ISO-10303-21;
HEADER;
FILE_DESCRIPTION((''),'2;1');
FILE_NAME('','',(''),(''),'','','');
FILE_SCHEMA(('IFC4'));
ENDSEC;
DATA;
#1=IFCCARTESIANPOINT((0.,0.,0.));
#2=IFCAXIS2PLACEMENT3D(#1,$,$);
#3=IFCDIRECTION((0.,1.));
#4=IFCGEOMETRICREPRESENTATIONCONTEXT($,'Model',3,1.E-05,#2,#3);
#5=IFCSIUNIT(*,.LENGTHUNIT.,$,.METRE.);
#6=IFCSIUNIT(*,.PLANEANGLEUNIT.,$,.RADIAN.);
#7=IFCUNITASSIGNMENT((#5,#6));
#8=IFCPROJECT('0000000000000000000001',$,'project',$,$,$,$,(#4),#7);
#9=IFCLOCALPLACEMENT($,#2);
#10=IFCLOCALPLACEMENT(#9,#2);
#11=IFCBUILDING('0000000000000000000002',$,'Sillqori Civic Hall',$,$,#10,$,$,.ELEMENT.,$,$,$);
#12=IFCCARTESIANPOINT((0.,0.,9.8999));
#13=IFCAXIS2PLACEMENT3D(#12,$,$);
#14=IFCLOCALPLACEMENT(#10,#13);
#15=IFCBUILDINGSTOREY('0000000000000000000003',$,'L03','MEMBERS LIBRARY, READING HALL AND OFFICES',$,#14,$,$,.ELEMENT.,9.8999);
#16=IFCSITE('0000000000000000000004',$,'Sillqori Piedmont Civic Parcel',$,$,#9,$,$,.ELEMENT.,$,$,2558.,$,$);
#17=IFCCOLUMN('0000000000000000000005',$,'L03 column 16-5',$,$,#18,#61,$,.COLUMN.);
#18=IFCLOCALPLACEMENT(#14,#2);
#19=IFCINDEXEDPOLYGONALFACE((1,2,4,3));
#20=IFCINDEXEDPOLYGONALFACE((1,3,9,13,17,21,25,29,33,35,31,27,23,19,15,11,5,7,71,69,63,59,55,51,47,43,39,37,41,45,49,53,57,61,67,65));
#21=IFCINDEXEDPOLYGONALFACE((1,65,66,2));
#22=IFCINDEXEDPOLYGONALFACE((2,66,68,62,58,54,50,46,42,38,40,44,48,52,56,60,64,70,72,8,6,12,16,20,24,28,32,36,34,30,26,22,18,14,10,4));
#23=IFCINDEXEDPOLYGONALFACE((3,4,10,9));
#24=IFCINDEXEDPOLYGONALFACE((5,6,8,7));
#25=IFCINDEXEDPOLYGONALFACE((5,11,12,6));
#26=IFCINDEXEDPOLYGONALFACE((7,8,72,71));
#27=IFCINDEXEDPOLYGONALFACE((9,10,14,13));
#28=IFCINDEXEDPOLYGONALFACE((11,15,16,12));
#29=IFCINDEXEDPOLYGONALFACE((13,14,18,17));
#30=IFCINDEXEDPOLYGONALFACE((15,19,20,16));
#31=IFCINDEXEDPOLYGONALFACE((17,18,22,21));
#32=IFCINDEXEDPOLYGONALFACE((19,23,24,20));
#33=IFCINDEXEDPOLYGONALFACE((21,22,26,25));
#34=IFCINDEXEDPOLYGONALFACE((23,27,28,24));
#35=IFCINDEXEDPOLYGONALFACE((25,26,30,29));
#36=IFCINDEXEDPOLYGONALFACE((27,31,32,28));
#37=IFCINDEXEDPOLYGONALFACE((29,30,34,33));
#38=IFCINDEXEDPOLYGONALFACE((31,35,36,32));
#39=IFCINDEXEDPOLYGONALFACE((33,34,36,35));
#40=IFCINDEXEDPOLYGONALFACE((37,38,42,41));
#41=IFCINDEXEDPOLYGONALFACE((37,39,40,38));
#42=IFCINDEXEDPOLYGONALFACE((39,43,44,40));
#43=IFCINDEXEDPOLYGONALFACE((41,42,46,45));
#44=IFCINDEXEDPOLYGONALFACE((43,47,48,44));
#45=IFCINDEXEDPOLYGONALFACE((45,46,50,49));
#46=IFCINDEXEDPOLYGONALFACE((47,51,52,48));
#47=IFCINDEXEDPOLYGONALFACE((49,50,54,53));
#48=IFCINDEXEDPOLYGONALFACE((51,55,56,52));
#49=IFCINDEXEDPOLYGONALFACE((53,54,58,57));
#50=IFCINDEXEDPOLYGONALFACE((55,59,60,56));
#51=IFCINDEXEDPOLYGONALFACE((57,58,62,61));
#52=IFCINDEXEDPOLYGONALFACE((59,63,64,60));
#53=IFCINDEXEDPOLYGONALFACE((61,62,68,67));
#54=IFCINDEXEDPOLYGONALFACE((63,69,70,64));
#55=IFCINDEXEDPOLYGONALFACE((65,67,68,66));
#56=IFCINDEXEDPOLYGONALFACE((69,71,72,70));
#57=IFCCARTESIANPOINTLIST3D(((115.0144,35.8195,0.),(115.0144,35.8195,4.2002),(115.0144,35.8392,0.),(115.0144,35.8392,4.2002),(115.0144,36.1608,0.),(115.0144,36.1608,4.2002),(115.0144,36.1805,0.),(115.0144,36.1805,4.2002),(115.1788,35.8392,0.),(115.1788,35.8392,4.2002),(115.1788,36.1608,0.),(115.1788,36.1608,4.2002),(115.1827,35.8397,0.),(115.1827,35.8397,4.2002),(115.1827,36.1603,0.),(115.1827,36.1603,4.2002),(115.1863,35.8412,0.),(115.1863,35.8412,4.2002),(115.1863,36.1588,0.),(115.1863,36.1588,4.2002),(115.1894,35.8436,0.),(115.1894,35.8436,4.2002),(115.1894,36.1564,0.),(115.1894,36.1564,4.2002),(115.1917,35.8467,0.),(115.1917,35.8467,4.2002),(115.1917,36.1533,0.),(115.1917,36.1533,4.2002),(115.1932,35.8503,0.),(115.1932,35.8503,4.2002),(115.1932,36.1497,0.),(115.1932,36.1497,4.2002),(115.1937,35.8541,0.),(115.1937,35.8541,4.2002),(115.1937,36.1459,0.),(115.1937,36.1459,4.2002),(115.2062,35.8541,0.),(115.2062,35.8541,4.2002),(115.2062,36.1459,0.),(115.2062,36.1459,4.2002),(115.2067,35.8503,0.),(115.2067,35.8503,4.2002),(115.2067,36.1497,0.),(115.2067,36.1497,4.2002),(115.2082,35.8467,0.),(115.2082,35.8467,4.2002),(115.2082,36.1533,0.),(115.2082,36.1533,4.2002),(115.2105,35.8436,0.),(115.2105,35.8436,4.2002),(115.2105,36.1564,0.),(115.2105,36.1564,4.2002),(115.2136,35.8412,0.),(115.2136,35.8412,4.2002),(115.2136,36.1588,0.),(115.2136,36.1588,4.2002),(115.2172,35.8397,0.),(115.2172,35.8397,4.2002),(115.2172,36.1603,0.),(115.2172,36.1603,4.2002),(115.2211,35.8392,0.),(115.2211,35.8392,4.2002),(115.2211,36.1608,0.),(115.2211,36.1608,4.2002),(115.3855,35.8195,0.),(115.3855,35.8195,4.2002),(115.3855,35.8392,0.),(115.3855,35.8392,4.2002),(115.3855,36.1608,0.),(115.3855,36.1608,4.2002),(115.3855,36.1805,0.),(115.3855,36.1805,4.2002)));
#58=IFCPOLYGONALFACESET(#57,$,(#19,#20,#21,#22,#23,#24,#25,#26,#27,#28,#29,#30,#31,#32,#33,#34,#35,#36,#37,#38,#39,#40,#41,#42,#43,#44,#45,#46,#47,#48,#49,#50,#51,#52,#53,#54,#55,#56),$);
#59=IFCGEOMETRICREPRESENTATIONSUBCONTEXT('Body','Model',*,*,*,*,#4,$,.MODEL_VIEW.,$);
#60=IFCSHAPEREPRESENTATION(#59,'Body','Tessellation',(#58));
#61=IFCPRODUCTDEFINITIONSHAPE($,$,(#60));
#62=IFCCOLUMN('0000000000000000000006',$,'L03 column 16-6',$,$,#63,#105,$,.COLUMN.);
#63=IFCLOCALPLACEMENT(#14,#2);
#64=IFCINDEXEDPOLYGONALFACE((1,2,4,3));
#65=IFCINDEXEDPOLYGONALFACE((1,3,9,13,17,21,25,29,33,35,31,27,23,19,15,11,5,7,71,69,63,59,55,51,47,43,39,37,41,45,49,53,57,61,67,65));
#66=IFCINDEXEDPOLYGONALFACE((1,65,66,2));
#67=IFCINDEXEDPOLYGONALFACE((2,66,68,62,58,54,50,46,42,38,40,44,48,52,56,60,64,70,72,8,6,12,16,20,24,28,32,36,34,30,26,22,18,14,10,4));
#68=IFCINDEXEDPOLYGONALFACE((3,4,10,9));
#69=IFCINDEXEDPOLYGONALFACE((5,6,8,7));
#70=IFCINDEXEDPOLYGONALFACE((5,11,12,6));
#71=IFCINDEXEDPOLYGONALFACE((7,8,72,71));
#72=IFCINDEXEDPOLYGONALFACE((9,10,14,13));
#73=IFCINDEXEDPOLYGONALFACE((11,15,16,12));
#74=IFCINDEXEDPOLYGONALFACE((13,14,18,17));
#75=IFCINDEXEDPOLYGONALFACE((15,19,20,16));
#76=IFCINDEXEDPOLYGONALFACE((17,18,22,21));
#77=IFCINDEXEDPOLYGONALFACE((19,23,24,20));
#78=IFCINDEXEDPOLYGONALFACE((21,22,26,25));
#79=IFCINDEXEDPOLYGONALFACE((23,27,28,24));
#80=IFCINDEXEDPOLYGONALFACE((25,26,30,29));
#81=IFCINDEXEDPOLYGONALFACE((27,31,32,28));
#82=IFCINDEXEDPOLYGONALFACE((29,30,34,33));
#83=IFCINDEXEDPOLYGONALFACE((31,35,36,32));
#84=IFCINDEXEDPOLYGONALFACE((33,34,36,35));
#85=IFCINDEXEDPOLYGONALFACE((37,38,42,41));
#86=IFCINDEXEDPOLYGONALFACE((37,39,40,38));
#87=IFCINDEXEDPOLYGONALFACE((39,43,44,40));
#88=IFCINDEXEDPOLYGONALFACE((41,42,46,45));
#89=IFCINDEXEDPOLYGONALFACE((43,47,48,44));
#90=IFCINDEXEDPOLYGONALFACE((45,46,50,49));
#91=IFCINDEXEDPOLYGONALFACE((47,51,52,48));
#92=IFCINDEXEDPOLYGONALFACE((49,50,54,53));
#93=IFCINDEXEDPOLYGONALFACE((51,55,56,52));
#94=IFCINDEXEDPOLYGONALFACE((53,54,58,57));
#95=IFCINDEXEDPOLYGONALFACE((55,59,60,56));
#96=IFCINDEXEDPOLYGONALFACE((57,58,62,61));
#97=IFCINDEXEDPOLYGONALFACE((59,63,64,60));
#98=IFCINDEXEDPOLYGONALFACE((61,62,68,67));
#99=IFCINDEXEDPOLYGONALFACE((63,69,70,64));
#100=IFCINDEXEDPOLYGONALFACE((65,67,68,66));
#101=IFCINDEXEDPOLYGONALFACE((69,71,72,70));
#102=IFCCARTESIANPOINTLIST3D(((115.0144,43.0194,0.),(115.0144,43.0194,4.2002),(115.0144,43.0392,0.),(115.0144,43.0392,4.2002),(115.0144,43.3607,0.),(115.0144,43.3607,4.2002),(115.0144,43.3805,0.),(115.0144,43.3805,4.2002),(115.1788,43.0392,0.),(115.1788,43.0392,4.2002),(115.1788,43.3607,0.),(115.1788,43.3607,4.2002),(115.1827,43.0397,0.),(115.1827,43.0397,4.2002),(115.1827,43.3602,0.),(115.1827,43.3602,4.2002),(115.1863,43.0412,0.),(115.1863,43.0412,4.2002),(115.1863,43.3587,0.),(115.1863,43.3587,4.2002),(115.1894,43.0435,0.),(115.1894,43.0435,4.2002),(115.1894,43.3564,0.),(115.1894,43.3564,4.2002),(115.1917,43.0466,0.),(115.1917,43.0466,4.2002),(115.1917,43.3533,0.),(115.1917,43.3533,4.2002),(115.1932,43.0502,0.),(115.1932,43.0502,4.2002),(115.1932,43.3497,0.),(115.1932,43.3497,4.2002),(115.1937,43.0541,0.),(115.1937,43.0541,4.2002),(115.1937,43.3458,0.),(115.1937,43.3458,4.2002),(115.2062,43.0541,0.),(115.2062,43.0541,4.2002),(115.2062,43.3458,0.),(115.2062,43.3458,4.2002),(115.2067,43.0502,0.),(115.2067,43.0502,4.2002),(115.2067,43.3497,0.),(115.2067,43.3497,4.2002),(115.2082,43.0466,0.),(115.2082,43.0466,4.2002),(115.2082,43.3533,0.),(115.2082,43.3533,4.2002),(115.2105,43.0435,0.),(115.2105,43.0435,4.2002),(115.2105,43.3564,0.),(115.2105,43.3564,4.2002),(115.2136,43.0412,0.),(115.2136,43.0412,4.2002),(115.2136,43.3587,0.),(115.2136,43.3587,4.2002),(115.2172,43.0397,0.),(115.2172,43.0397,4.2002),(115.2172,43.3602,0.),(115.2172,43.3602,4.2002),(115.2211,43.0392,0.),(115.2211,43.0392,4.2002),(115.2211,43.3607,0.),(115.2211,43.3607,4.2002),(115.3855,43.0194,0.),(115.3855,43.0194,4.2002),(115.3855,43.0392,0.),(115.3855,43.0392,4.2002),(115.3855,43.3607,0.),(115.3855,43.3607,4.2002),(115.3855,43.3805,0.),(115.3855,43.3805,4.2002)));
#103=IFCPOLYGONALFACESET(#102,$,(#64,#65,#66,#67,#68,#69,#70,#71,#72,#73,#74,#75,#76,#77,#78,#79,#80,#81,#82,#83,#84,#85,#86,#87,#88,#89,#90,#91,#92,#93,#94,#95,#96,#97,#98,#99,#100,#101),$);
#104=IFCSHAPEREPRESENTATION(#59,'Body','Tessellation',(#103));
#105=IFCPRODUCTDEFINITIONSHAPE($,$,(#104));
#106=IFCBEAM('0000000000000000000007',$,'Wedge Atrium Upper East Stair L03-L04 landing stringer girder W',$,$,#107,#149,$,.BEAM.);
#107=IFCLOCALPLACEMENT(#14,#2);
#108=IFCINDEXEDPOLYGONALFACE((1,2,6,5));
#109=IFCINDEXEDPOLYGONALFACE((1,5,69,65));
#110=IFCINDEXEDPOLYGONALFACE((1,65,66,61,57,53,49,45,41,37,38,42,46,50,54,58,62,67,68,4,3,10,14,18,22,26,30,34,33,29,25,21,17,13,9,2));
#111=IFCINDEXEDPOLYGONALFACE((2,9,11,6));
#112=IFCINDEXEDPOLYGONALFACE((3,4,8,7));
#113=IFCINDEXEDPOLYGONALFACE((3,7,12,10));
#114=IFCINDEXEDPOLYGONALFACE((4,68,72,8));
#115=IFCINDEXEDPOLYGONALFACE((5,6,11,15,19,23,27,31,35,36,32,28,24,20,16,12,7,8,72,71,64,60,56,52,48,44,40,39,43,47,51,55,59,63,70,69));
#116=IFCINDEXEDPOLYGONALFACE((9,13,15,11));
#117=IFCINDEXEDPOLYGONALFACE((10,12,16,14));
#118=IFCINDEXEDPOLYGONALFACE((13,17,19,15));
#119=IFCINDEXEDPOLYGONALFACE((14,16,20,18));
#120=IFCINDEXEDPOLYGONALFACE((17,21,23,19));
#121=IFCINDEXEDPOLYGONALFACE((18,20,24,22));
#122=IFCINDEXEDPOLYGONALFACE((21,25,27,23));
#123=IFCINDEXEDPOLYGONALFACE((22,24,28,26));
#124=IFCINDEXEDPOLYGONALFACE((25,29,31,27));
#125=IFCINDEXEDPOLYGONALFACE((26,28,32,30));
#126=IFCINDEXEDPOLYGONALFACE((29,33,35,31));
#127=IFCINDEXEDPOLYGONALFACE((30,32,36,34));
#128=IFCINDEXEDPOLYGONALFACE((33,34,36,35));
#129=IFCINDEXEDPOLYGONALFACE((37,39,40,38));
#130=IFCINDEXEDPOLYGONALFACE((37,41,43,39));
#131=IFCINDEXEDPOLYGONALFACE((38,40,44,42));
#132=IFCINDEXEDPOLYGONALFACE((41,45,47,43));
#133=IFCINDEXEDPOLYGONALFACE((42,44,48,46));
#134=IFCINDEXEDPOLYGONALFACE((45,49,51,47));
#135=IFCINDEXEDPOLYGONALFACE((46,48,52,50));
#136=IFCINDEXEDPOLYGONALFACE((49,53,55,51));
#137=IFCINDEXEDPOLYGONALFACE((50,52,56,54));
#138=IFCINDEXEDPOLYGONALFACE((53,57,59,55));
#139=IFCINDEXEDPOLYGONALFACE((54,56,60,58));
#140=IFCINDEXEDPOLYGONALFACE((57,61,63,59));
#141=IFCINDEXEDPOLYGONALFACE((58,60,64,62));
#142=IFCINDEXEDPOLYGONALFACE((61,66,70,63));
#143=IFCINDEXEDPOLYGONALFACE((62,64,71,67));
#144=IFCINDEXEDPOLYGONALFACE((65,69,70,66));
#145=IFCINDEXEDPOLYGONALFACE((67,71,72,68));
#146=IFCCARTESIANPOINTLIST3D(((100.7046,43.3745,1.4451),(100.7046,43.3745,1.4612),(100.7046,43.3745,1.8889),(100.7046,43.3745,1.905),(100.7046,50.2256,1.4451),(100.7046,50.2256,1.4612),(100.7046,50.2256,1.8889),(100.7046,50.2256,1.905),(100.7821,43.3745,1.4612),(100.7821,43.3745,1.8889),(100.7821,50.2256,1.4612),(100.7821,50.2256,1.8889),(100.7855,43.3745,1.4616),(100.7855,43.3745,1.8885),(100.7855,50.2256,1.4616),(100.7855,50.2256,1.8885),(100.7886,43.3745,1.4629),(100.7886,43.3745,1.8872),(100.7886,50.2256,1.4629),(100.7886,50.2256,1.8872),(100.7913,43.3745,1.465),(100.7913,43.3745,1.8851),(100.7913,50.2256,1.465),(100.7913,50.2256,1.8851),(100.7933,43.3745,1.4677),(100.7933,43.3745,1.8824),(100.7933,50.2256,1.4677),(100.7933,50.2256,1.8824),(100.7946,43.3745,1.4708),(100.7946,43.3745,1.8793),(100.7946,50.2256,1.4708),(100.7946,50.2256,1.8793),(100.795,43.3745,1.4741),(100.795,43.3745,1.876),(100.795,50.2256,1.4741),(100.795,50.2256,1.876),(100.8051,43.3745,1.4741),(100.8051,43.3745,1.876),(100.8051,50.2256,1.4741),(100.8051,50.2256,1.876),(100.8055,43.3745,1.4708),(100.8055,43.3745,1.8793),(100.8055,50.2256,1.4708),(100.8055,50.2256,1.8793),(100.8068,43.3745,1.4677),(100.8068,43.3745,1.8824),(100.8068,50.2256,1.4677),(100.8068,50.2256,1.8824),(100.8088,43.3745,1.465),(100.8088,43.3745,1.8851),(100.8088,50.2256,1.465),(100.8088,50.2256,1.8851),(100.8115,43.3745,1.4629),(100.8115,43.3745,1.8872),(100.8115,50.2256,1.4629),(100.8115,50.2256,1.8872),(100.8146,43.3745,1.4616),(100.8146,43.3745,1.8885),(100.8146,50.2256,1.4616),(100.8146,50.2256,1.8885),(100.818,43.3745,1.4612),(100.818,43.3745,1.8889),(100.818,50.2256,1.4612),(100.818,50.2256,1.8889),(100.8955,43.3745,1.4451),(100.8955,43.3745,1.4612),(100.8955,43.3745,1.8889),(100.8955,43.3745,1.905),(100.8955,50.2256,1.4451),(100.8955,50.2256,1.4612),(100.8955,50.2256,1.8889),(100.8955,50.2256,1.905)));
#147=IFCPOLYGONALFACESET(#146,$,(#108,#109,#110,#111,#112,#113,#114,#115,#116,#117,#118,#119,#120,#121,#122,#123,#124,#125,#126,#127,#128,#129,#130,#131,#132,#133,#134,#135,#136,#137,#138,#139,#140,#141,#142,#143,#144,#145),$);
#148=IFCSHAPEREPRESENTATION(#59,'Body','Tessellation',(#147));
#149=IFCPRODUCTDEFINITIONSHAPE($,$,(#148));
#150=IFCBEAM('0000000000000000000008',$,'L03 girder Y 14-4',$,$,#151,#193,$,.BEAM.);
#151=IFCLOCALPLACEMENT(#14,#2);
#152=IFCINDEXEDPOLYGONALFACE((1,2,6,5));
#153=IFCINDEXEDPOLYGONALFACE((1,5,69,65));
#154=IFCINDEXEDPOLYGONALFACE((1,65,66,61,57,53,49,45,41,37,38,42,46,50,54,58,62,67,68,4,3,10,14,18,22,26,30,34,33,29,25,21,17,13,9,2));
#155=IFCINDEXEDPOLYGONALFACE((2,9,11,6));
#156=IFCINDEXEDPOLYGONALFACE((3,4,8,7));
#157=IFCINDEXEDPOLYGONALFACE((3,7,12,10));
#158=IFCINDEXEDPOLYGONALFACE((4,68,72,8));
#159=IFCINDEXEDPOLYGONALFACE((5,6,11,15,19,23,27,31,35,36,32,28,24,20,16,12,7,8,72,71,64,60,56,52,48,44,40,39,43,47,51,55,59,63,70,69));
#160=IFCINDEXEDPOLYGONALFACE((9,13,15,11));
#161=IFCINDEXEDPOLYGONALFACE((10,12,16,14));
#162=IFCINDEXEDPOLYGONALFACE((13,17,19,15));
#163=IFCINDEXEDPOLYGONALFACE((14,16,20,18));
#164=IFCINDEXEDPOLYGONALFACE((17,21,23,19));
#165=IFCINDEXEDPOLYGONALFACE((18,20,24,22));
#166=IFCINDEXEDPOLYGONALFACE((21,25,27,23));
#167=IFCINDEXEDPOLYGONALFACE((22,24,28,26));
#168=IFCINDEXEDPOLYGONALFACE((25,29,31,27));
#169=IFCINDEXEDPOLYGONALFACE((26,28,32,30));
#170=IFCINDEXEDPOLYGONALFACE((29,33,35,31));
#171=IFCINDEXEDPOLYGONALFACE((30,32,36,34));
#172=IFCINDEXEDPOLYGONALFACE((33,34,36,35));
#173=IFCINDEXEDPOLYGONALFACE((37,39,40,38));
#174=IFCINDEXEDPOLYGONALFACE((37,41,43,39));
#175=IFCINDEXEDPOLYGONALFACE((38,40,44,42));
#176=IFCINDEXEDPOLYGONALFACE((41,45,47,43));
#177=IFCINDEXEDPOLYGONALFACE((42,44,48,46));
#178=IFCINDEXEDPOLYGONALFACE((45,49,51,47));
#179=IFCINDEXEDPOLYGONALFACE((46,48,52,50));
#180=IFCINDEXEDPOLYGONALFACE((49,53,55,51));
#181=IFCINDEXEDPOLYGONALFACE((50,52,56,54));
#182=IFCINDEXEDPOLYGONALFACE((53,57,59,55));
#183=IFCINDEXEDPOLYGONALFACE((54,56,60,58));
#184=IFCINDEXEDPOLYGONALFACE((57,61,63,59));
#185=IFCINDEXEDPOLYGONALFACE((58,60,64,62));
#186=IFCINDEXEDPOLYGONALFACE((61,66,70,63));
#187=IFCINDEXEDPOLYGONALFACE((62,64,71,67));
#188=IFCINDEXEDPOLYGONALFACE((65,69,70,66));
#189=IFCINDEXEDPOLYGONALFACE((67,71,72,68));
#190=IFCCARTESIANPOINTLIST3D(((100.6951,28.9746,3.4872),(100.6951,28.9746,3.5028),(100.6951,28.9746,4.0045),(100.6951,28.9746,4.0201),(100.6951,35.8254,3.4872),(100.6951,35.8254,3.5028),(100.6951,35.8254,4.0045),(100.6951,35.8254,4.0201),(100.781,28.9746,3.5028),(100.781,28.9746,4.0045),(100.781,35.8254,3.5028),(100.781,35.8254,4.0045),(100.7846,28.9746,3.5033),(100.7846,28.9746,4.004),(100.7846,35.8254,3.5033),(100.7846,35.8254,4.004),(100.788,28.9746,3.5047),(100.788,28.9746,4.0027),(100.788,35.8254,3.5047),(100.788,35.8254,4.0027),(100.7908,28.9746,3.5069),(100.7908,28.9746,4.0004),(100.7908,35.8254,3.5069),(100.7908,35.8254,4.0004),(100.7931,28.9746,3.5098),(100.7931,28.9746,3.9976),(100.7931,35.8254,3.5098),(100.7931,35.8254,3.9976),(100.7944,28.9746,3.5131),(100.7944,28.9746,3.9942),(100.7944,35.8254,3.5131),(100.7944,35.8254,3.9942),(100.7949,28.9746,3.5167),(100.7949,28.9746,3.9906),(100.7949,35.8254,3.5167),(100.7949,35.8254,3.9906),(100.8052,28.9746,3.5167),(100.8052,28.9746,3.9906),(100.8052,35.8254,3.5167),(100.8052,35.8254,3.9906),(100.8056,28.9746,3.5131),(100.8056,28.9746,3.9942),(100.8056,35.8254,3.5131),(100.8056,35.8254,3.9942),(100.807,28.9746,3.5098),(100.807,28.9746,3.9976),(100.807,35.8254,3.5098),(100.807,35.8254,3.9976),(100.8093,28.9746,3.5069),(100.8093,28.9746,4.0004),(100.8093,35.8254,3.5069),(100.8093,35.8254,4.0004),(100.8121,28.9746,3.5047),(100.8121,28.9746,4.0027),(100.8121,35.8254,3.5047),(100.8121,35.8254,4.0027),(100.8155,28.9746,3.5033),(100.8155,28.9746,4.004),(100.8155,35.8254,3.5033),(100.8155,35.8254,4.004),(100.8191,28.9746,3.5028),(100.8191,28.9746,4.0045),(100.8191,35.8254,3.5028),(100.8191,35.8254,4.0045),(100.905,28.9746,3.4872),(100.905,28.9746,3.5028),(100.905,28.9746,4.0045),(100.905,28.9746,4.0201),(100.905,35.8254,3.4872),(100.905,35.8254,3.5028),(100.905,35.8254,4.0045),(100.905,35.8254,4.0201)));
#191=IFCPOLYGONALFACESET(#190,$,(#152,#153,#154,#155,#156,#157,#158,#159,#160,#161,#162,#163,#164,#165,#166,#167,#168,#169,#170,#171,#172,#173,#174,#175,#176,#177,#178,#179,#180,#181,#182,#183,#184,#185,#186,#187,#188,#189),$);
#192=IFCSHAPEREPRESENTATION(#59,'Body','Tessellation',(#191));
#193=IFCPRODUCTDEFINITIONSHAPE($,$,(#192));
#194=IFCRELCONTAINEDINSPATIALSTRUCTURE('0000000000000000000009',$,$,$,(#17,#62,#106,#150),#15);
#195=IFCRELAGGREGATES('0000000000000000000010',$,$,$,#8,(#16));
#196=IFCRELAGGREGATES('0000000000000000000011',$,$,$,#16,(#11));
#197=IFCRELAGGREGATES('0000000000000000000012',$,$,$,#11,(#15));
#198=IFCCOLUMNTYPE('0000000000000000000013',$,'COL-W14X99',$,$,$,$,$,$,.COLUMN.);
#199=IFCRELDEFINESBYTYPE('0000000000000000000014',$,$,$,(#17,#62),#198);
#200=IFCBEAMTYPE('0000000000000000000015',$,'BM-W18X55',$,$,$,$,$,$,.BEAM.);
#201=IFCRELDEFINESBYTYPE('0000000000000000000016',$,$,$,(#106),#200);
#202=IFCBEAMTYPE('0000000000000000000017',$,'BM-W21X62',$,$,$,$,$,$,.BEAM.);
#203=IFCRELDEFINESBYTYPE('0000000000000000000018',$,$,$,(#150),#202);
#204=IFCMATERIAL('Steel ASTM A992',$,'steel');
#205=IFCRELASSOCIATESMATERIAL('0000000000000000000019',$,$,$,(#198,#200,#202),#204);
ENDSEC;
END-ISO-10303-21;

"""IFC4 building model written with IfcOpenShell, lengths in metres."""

from ifc_helpers import new_model, si_unit, direction, frame, origin, origin_2d, place, context, subcontext, project, spatial, i_section, extrude, material, material_profile, profile_set, type_object, element, save


model = new_model("IFC4")

# Units and contexts
model_context = context("Model", 3, precision=1e-05, world=origin(), true_north=direction((0.0, 1.0)))
body_context = subcontext(model_context, "Body", "Model", "MODEL_VIEW")
ifc_project = project(units=[si_unit("LENGTHUNIT", "METRE"), si_unit("PLANEANGLEUNIT", "RADIAN")], contexts=[model_context])

# Site, building, storey
site_placement = place(None, origin())
site = spatial("IfcSite", under=ifc_project, at=site_placement, Name="Sillqori Piedmont Civic Parcel", CompositionType="ELEMENT", RefElevation=2558.0)
building_placement = place(site_placement, origin())
building = spatial("IfcBuilding", under=site, at=building_placement, Name="Sillqori Civic Hall", CompositionType="ELEMENT")
storey_placement = place(building_placement, frame((0.0, 0.0, 9.8999)))
storey = spatial("IfcBuildingStorey", under=building, at=storey_placement, Name="L03", Description="MEMBERS LIBRARY, READING HALL AND OFFICES", CompositionType="ELEMENT", Elevation=9.8999)

# Columns
ifc_material_1 = material(Name="Steel ASTM A992", Category="steel")
ifc_material_profile_1 = material_profile(ifc_material_1, i_section(OverallWidth=0.3711, OverallDepth=0.3611, WebThickness=0.0125, FlangeThickness=0.0198, FilletRadius=0.0149, at=origin_2d()), Name="W14X99")
ifc_profile_set_1 = profile_set([ifc_material_profile_1], Name="Steel ASTM A992")
column_type = type_object("IfcColumnType", Name="COL-W14X99", PredefinedType="COLUMN", material=ifc_profile_set_1)
for number, where, z_axis, x_axis, name in (
    (1, (115.2, 36.0, 0.0), (0.0, 0.0, 1.0), (1.0, 0.0, 0.0), "L03 column 16-5"),
    (2, (115.2, 43.2, 0.0), (0.0, 0.0, 1.0), (1.0, 0.0, 0.0), "L03 column 16-6"),
):
    element("IfcColumn", number, at=place(storey_placement, frame(where, z_axis=z_axis, x_axis=x_axis)), inside=storey, type_object=column_type, Name=name, PredefinedType="COLUMN", context=body_context, shape_type="SweptSolid", body=[
        extrude(i_section(OverallWidth=0.3711, OverallDepth=0.3611, WebThickness=0.0125, FlangeThickness=0.0198, FilletRadius=0.0149, at=origin_2d()), origin(), (0.0, 0.0, 1.0), 4.2002),
    ])

# Beams
ifc_material_profile_2 = material_profile(ifc_material_1, i_section(OverallWidth=0.1909, OverallDepth=0.46, WebThickness=0.01, FlangeThickness=0.0161, FilletRadius=0.0129, at=origin_2d()), Name="W18X55")
ifc_profile_set_2 = profile_set([ifc_material_profile_2], Name="Steel ASTM A992")
beam_type_1 = type_object("IfcBeamType", Name="BM-W18X55", PredefinedType="BEAM", material=ifc_profile_set_2)
beam_1_placement = place(storey_placement, frame((100.8, 43.3745, 1.675), z_axis=(0.0, 1.0, 0.0), x_axis=(-1.0, 0.0, 0.0)))
element("IfcBeam", 3, at=beam_1_placement, inside=storey, type_object=beam_type_1, Name="Wedge Atrium Upper East Stair L03-L04 landing stringer girder W", PredefinedType="BEAM", context=body_context, shape_type="SweptSolid", body=[
    extrude(i_section(OverallWidth=0.1909, OverallDepth=0.46, WebThickness=0.01, FlangeThickness=0.0161, FilletRadius=0.0129, at=origin_2d()), origin(), (0.0, 0.0, 1.0), 6.8511),
])
ifc_material_profile_3 = material_profile(ifc_material_1, i_section(OverallWidth=0.21, OverallDepth=0.533, WebThickness=0.0103, FlangeThickness=0.0156, FilletRadius=0.0139, at=origin_2d()), Name="W21X62")
ifc_profile_set_3 = profile_set([ifc_material_profile_3], Name="Steel ASTM A992")
beam_type_2 = type_object("IfcBeamType", Name="BM-W21X62", PredefinedType="BEAM", material=ifc_profile_set_3)
for number, where, z_axis, x_axis, name in (
    (4, (100.8, 28.9746, 3.7537), (0.0, 1.0, 0.0), (-1.0, 0.0, 0.0), "L03 girder Y 14-4"),
):
    element("IfcBeam", number, at=place(storey_placement, frame(where, z_axis=z_axis, x_axis=x_axis)), inside=storey, type_object=beam_type_2, Name=name, PredefinedType="BEAM", context=body_context, shape_type="SweptSolid", body=[
        extrude(i_section(OverallWidth=0.21, OverallDepth=0.533, WebThickness=0.0103, FlangeThickness=0.0156, FilletRadius=0.0139, at=origin_2d()), origin(), (0.0, 0.0, 1.0), 6.8508),
    ])

save(model, "model.ifc")
